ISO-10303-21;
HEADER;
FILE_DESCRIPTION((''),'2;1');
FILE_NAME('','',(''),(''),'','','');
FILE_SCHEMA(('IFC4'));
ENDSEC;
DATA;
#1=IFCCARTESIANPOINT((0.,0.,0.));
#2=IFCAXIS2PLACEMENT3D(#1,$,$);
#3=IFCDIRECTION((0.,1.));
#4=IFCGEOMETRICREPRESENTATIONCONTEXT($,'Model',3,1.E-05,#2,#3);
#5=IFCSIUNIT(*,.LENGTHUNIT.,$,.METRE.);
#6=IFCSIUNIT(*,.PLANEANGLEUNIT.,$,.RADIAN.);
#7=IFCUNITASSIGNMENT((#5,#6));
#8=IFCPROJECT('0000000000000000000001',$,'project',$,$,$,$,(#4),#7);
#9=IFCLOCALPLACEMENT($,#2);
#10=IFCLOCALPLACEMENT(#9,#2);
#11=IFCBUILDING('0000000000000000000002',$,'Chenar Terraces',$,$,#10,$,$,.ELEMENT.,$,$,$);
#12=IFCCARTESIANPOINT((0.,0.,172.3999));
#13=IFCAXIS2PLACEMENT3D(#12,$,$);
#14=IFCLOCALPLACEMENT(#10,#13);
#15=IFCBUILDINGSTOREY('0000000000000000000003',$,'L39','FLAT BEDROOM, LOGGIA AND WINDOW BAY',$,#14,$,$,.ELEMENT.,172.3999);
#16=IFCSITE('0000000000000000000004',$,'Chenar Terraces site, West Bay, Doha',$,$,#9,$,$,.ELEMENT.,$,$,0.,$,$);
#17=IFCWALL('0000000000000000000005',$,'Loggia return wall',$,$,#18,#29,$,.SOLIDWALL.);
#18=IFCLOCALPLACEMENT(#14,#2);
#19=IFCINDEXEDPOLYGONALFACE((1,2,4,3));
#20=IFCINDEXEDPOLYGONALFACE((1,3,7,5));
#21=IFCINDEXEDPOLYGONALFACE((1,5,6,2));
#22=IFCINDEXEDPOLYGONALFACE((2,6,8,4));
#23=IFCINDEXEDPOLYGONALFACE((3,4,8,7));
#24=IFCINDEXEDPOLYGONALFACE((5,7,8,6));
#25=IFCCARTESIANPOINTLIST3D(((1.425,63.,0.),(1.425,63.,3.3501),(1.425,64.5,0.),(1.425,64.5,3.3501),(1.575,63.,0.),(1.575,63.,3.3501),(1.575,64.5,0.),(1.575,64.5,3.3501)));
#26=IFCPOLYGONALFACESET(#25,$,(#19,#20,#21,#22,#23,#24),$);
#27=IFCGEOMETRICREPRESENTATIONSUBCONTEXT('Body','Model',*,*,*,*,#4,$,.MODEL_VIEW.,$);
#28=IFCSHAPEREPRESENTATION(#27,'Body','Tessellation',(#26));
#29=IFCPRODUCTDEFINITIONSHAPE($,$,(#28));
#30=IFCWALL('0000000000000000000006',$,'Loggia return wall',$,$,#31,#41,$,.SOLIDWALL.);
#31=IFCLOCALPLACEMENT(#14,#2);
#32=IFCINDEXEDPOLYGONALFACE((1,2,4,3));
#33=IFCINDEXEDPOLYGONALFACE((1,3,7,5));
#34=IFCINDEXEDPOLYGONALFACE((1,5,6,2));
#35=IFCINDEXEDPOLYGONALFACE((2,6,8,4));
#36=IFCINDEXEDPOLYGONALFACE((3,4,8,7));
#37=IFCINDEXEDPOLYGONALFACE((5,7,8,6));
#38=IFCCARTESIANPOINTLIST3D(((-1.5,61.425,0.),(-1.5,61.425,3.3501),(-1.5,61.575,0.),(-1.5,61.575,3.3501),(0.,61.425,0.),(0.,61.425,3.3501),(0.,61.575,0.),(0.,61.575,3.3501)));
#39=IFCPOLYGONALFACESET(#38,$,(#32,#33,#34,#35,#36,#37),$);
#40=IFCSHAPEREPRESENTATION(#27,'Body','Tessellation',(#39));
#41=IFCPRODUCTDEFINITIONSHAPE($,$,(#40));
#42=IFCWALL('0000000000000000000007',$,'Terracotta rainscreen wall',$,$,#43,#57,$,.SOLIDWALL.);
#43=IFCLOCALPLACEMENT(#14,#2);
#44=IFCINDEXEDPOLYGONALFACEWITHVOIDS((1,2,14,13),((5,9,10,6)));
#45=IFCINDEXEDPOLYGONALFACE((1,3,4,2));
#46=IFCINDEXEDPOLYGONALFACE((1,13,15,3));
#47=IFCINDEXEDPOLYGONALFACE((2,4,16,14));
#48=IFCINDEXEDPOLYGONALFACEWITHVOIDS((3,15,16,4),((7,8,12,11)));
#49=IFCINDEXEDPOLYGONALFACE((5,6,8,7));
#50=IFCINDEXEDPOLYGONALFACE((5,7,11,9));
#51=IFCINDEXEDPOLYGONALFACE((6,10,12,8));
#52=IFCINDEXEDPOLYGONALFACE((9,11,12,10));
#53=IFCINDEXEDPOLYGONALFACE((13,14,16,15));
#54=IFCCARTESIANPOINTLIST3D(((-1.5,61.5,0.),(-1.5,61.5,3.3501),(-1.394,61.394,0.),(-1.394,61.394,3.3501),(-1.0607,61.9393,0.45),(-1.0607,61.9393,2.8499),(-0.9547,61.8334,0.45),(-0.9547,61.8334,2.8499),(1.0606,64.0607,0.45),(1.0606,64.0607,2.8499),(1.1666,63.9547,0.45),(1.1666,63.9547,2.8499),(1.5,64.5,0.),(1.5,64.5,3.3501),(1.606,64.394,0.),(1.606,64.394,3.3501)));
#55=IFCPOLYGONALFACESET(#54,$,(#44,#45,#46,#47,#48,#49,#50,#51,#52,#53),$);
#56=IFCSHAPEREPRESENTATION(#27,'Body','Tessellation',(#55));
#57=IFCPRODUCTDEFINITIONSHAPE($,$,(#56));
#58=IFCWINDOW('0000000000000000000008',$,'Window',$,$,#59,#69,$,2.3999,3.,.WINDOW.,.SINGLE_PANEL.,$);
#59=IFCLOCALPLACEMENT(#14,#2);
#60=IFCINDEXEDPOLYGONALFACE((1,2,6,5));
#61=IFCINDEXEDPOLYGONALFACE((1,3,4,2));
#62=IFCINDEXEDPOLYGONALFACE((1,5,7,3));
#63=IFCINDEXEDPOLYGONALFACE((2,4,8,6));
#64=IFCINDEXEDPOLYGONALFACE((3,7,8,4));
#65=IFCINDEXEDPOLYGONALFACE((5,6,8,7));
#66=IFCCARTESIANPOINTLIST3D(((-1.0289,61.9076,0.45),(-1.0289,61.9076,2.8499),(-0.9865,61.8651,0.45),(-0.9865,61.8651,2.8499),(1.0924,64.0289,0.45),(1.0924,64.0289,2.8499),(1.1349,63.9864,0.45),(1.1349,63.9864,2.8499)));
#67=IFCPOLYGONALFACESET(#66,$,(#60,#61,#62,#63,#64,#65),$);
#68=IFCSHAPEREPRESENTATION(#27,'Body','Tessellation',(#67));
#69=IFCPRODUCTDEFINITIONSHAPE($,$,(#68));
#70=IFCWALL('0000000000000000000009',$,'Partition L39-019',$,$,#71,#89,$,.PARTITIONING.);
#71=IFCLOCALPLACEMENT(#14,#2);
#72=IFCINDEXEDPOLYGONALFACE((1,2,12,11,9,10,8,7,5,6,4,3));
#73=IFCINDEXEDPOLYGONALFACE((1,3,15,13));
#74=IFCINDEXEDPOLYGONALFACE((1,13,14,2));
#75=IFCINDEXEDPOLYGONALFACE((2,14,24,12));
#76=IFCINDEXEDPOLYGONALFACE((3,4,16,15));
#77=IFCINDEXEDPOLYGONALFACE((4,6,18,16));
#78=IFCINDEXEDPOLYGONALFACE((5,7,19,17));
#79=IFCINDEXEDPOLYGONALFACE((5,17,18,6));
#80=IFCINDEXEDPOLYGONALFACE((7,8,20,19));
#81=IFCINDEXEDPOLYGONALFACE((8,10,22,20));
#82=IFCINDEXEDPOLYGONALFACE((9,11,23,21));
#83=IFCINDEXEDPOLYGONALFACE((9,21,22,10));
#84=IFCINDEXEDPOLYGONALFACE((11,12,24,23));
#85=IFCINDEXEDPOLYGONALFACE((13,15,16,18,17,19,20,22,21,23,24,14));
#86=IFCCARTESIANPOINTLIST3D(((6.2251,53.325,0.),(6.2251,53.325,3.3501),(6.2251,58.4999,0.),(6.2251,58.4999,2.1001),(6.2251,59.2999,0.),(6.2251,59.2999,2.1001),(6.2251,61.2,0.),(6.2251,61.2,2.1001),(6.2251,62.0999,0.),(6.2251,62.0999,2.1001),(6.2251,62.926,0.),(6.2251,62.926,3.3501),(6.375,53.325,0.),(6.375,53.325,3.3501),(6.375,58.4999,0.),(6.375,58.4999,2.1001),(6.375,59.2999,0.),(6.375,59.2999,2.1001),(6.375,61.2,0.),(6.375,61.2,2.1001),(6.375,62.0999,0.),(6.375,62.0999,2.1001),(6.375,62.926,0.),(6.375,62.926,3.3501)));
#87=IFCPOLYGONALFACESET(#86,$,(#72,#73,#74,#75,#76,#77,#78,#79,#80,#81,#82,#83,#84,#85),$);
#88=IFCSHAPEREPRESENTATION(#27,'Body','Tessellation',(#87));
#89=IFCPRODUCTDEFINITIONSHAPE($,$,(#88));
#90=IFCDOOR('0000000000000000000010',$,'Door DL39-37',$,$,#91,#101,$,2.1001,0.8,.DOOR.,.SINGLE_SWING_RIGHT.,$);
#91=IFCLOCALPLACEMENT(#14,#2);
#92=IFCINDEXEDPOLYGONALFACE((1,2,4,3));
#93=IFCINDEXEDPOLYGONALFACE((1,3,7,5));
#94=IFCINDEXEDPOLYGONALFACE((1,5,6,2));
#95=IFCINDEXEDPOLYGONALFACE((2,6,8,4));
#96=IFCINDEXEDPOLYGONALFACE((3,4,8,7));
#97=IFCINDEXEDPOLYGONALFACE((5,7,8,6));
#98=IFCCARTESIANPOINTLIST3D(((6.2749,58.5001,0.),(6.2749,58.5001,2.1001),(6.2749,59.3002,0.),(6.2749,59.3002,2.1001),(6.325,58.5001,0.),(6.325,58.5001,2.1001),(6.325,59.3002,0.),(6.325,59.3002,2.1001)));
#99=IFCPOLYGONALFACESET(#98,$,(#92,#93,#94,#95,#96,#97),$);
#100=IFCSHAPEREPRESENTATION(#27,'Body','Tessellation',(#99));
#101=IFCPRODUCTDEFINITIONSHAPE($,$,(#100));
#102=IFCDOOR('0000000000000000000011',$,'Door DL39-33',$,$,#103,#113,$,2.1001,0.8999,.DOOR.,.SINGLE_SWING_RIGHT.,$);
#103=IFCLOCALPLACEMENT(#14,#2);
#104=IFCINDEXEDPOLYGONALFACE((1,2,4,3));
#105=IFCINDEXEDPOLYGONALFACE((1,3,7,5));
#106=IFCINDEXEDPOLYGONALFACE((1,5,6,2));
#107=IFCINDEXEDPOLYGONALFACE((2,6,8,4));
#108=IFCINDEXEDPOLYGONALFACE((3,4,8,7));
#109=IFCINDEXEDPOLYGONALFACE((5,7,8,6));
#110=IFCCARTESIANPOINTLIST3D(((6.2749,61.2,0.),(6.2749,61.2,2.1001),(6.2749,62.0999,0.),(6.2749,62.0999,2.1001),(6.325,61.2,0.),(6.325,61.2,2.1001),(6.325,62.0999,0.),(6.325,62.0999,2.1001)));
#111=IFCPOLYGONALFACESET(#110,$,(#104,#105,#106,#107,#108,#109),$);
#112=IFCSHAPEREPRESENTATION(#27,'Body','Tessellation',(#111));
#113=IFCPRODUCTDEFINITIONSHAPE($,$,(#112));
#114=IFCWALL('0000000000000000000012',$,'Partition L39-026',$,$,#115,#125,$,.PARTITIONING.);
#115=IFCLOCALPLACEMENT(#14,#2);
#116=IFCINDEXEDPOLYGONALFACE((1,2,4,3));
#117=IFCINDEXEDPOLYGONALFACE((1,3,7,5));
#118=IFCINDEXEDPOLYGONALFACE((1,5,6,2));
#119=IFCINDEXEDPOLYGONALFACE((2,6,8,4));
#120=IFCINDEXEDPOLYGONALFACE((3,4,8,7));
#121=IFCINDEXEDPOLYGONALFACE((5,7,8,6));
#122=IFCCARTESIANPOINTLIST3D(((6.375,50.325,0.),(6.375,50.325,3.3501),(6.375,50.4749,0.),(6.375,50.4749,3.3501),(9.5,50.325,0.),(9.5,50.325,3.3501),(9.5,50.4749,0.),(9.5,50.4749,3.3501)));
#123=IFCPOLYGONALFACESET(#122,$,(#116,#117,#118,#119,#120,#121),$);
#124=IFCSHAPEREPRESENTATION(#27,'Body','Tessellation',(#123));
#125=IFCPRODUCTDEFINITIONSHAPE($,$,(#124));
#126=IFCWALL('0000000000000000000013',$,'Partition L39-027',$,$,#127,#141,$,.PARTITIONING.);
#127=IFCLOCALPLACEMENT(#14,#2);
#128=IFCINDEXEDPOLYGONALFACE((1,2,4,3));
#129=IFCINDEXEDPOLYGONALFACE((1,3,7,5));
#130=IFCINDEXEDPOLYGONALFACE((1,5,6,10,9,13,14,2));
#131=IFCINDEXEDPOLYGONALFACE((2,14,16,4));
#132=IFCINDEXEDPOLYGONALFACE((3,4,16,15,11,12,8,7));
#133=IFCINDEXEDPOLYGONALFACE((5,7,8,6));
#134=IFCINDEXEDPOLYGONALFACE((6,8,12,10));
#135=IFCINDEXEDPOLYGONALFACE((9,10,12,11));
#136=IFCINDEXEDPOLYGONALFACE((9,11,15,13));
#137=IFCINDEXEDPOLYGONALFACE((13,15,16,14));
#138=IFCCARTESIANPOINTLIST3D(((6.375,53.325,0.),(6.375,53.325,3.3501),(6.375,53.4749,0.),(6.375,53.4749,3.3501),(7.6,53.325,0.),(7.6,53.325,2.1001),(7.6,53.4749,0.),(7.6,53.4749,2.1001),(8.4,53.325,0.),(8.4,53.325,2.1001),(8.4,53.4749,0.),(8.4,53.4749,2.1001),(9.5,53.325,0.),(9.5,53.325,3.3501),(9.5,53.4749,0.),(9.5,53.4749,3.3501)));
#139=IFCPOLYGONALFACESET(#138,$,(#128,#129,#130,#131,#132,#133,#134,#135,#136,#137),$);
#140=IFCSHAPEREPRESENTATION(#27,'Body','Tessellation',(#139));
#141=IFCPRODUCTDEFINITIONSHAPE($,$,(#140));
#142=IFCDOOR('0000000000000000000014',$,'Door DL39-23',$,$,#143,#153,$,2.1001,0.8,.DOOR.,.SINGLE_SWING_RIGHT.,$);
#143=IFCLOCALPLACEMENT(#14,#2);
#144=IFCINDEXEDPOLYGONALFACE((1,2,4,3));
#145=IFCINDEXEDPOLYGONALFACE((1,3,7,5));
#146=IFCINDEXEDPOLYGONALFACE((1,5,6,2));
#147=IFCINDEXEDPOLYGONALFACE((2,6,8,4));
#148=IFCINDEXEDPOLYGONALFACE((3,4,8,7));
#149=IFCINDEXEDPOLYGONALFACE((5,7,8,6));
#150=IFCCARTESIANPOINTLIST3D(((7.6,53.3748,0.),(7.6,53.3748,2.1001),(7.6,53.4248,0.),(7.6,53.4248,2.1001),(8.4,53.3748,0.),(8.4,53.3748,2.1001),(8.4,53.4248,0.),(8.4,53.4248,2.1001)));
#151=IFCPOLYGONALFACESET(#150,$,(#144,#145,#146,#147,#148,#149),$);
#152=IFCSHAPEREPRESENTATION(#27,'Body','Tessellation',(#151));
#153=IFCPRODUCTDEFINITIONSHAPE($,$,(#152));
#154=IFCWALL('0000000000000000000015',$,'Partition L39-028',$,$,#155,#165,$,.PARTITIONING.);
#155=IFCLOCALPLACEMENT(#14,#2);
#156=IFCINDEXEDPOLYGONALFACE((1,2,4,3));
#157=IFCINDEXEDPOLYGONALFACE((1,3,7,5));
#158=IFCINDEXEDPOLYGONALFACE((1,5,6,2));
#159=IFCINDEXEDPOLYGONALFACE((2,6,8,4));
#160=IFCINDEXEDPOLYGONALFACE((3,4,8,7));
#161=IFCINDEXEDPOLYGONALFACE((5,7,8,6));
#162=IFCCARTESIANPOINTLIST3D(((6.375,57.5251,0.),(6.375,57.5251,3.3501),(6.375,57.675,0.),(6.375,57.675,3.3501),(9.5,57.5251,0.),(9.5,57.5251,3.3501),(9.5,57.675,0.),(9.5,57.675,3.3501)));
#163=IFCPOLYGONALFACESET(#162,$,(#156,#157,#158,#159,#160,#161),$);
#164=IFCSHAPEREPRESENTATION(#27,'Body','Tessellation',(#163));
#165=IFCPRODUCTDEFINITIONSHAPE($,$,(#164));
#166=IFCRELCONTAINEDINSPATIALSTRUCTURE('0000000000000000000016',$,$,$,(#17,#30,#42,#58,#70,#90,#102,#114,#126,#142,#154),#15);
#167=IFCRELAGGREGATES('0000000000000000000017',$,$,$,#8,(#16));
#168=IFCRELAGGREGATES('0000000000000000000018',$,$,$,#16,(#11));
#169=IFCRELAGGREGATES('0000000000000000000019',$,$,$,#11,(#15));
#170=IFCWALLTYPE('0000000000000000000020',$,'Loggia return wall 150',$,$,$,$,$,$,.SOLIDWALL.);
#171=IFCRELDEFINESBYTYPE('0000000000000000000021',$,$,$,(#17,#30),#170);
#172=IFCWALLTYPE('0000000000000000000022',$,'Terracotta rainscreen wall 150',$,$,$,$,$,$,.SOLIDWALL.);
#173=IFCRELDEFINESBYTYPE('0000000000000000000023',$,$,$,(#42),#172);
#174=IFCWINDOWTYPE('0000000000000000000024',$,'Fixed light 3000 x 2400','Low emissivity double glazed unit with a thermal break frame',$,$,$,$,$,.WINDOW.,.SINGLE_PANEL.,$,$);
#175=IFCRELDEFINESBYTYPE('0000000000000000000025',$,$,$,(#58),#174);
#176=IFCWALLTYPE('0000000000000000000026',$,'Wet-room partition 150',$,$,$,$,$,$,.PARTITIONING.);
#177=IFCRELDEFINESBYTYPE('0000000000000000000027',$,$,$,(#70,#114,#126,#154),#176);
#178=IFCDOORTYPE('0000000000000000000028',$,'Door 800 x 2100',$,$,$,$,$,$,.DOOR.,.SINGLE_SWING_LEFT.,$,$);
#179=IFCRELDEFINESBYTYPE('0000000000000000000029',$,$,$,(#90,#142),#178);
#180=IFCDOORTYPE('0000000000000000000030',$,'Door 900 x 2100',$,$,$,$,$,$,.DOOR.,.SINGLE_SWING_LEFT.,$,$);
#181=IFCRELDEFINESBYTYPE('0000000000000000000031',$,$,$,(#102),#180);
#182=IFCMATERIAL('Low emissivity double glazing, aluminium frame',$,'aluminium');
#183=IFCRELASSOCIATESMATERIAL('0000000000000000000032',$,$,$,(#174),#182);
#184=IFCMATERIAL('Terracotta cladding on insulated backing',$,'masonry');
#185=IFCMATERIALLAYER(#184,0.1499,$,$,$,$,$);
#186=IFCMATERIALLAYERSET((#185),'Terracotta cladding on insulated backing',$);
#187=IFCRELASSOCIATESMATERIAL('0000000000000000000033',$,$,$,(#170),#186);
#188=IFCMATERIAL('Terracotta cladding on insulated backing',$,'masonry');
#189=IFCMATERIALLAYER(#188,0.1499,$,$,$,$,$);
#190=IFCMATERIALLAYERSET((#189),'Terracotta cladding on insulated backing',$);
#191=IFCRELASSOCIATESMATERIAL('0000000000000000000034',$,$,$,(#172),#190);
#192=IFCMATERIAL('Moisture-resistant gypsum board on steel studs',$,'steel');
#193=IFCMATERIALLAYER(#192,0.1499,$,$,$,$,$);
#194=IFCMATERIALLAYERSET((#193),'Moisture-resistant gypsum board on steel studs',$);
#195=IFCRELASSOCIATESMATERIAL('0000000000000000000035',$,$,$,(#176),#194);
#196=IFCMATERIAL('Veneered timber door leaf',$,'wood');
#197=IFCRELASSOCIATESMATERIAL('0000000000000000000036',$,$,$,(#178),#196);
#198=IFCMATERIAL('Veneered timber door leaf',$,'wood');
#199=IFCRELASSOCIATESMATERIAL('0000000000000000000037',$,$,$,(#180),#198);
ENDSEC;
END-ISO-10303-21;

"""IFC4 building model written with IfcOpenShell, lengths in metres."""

from ifc_helpers import new_model, si_unit, direction, frame, frame_2d, origin, place, context, subcontext, project, spatial, rectangle, extrude, material, layer, layer_set, type_object, element, fill, save


model = new_model("IFC4")

# Units and contexts
model_context = context("Model", 3, precision=1e-05, world=origin(), true_north=direction((0.0, 1.0)))
body_context = subcontext(model_context, "Body", "Model", "MODEL_VIEW")
ifc_project = project(units=[si_unit("LENGTHUNIT", "METRE"), si_unit("PLANEANGLEUNIT", "RADIAN")], contexts=[model_context])

# Site, building, storey
site_placement = place(None, origin())
site = spatial("IfcSite", under=ifc_project, at=site_placement, Name="Chenar Terraces site, West Bay, Doha", CompositionType="ELEMENT", RefElevation=0.0)
building_placement = place(site_placement, origin())
building = spatial("IfcBuilding", under=site, at=building_placement, Name="Chenar Terraces", CompositionType="ELEMENT")
storey_placement = place(building_placement, frame((0.0, 0.0, 172.3999)))
storey = spatial("IfcBuildingStorey", under=building, at=storey_placement, Name="L39", Description="FLAT BEDROOM, LOGGIA AND WINDOW BAY", CompositionType="ELEMENT", Elevation=172.3999)

# Shared definitions
ifc_material_1 = material(Name="Low emissivity double glazing, aluminium frame", Category="aluminium")
window_type_1 = type_object("IfcWindowType", Name="Fixed light 3000 x 2400", Description="Low emissivity double glazed unit with a thermal break frame", PartitioningType="SINGLE_PANEL", PredefinedType="WINDOW", material=ifc_material_1)

# Walls
ifc_material_2 = material(Name="Terracotta cladding on insulated backing", Category="masonry")
ifc_layer_1 = layer(ifc_material_2, 0.1499)
ifc_layer_set_1 = layer_set([ifc_layer_1], Name="Terracotta cladding on insulated backing")
wall_type_1 = type_object("IfcWallType", Name="Loggia return wall 150", PredefinedType="SOLIDWALL", material=ifc_layer_set_1)
for number, where, z_axis, x_axis, name in (
    (1, (1.5, 64.5, 0.0), (0.0, 0.0, 1.0), (0.0, -1.0, 0.0), "Loggia return wall"),
    (2, (-1.5, 61.5, 0.0), (0.0, 0.0, 1.0), (1.0, 0.0, 0.0), "Loggia return wall"),
):
    element("IfcWall", number, at=place(storey_placement, frame(where, z_axis=z_axis, x_axis=x_axis)), inside=storey, type_object=wall_type_1, Name=name, PredefinedType="SOLIDWALL", context=body_context, shape_type="SweptSolid", body=[
        extrude(rectangle(XDim=1.5, YDim=0.1499, at=frame_2d((0.75, 0.0))), origin(), (0.0, 0.0, 1.0), 3.3501),
    ])

# Wall, opening, window
ifc_material_3 = material(Name="Terracotta cladding on insulated backing", Category="masonry")
ifc_layer_2 = layer(ifc_material_3, 0.1499)
ifc_layer_set_2 = layer_set([ifc_layer_2], Name="Terracotta cladding on insulated backing")
wall_type_2 = type_object("IfcWallType", Name="Terracotta rainscreen wall 150", PredefinedType="SOLIDWALL", material=ifc_layer_set_2)
wall_1_placement = place(storey_placement, frame((1.553, 64.447, 0.0), z_axis=(0.0, 0.0, 1.0), x_axis=(-0.707107, -0.707107, 0.0)))
wall_1 = element("IfcWall", 3, at=wall_1_placement, inside=storey, type_object=wall_type_2, Name="Terracotta rainscreen wall", PredefinedType="SOLIDWALL", context=body_context, shape_type="SweptSolid", body=[
    extrude(rectangle(XDim=4.2427, YDim=0.1499, at=frame_2d((2.1213, 0.0))), origin(), (0.0, 0.0, 1.0), 3.3501),
])
opening_1_placement = place(wall_1_placement, frame((0.6213, 0.0, 0.45)))
opening_1 = element("IfcOpeningElement", 4, at=opening_1_placement, cuts=wall_1, PredefinedType="OPENING", context=body_context, shape_type="SweptSolid", body=[
    extrude(rectangle(XDim=3.0, YDim=2.3999, at=frame_2d((1.5, 1.2))), frame((0.0, 0.085, 0.0), z_axis=(0.0, -1.0, 0.0), x_axis=(1.0, 0.0, 0.0)), (0.0, 0.0, 1.0), 0.1699),
])
window_1_placement = place(opening_1_placement, origin())
window_1 = element("IfcWindow", 5, at=window_1_placement, inside=storey, type_object=window_type_1, Name="Window", OverallHeight=2.3999, OverallWidth=3.0, PartitioningType="SINGLE_PANEL", PredefinedType="WINDOW", context=body_context, shape_type="SweptSolid", body=[
    extrude(rectangle(XDim=3.0, YDim=2.3999, at=frame_2d((1.5, 1.2))), frame((0.0, 0.03, 0.0), z_axis=(0.0, -1.0, 0.0), x_axis=(1.0, 0.0, 0.0)), (0.0, 0.0, 1.0), 0.0601),
])
fill(opening_1, window_1)

# Wall, openings, doors
ifc_material_4 = material(Name="Moisture-resistant gypsum board on steel studs", Category="steel")
ifc_layer_3 = layer(ifc_material_4, 0.1499)
ifc_layer_set_3 = layer_set([ifc_layer_3], Name="Moisture-resistant gypsum board on steel studs")
wall_type_3 = type_object("IfcWallType", Name="Wet-room partition 150", PredefinedType="PARTITIONING", material=ifc_layer_set_3)
wall_2_placement = place(storey_placement, frame((6.3, 53.325, 0.0), z_axis=(0.0, 0.0, 1.0), x_axis=(0.0, 1.0, 0.0)))
wall_2 = element("IfcWall", 6, at=wall_2_placement, inside=storey, type_object=wall_type_3, Name="Partition L39-019", PredefinedType="PARTITIONING", context=body_context, shape_type="SweptSolid", body=[
    extrude(rectangle(XDim=9.6011, YDim=0.1499, at=frame_2d((4.8005, 0.0))), origin(), (0.0, 0.0, 1.0), 3.3501),
])
opening_2_placement = place(wall_2_placement, frame((7.875, 0.0, 0.0)))
opening_2 = element("IfcOpeningElement", 7, at=opening_2_placement, cuts=wall_2, PredefinedType="OPENING", context=body_context, shape_type="SweptSolid", body=[
    extrude(rectangle(XDim=0.8999, YDim=2.1001, at=frame_2d((0.45, 1.05))), frame((0.0, 0.085, 0.0), z_axis=(0.0, -1.0, 0.0), x_axis=(1.0, 0.0, 0.0)), (0.0, 0.0, 1.0), 0.1699),
])
opening_3_placement = place(wall_2_placement, frame((5.175, 0.0, 0.0)))
opening_3 = element("IfcOpeningElement", 8, at=opening_3_placement, cuts=wall_2, PredefinedType="OPENING", context=body_context, shape_type="SweptSolid", body=[
    extrude(rectangle(XDim=0.8, YDim=2.1001, at=frame_2d((0.3999, 1.05))), frame((0.0, 0.085, 0.0), z_axis=(0.0, -1.0, 0.0), x_axis=(1.0, 0.0, 0.0)), (0.0, 0.0, 1.0), 0.1699),
])
ifc_material_5 = material(Name="Veneered timber door leaf", Category="wood")
door_type_1 = type_object("IfcDoorType", Name="Door 800 x 2100", OperationType="SINGLE_SWING_LEFT", PredefinedType="DOOR", material=ifc_material_5)
door_1_placement = place(opening_3_placement, frame((0.8, 0.0, 0.0), z_axis=(0.0, 0.0, 1.0), x_axis=(-1.0, 0.0, 0.0)))
door_1 = element("IfcDoor", 9, at=door_1_placement, inside=storey, type_object=door_type_1, Name="Door DL39-37", OperationType="SINGLE_SWING_RIGHT", OverallHeight=2.1001, OverallWidth=0.8, PredefinedType="DOOR", context=body_context, shape_type="SweptSolid", body=[
    extrude(rectangle(XDim=0.8, YDim=2.1001, at=frame_2d((0.3999, 1.05))), frame((0.0, 0.0249, 0.0), z_axis=(0.0, -1.0, 0.0), x_axis=(1.0, 0.0, 0.0)), (0.0, 0.0, 1.0), 0.05),
])
fill(opening_3, door_1)
ifc_material_6 = material(Name="Veneered timber door leaf", Category="wood")
door_type_2 = type_object("IfcDoorType", Name="Door 900 x 2100", OperationType="SINGLE_SWING_LEFT", PredefinedType="DOOR", material=ifc_material_6)
door_2_placement = place(opening_2_placement, frame((0.8999, 0.0, 0.0), z_axis=(0.0, 0.0, 1.0), x_axis=(-1.0, 0.0, 0.0)))
door_2 = element("IfcDoor", 10, at=door_2_placement, inside=storey, type_object=door_type_2, Name="Door DL39-33", OperationType="SINGLE_SWING_RIGHT", OverallHeight=2.1001, OverallWidth=0.8999, PredefinedType="DOOR", context=body_context, shape_type="SweptSolid", body=[
    extrude(rectangle(XDim=0.8999, YDim=2.1001, at=frame_2d((0.45, 1.05))), frame((0.0, 0.0249, 0.0), z_axis=(0.0, -1.0, 0.0), x_axis=(1.0, 0.0, 0.0)), (0.0, 0.0, 1.0), 0.05),
])
fill(opening_2, door_2)

# Wall
wall_3_placement = place(storey_placement, frame((6.375, 50.3999, 0.0), z_axis=(0.0, 0.0, 1.0), x_axis=(1.0, 0.0, 0.0)))
element("IfcWall", 11, at=wall_3_placement, inside=storey, type_object=wall_type_3, Name="Partition L39-026", PredefinedType="PARTITIONING", context=body_context, shape_type="SweptSolid", body=[
    extrude(rectangle(XDim=3.125, YDim=0.1499, at=frame_2d((1.5625, 0.0))), origin(), (0.0, 0.0, 1.0), 3.3501),
])

# Wall, opening, door
wall_4_placement = place(storey_placement, frame((6.375, 53.3999, 0.0), z_axis=(0.0, 0.0, 1.0), x_axis=(1.0, 0.0, 0.0)))
wall_4 = element("IfcWall", 12, at=wall_4_placement, inside=storey, type_object=wall_type_3, Name="Partition L39-027", PredefinedType="PARTITIONING", context=body_context, shape_type="SweptSolid", body=[
    extrude(rectangle(XDim=3.125, YDim=0.1499, at=frame_2d((1.5625, 0.0))), origin(), (0.0, 0.0, 1.0), 3.3501),
])
opening_4_placement = place(wall_4_placement, frame((1.2251, 0.0, 0.0)))
opening_4 = element("IfcOpeningElement", 13, at=opening_4_placement, cuts=wall_4, PredefinedType="OPENING", context=body_context, shape_type="SweptSolid", body=[
    extrude(rectangle(XDim=0.8, YDim=2.1001, at=frame_2d((0.3999, 1.05))), frame((0.0, 0.085, 0.0), z_axis=(0.0, -1.0, 0.0), x_axis=(1.0, 0.0, 0.0)), (0.0, 0.0, 1.0), 0.1699),
])
door_3_placement = place(opening_4_placement, origin())
door_3 = element("IfcDoor", 14, at=door_3_placement, inside=storey, type_object=door_type_1, Name="Door DL39-23", OperationType="SINGLE_SWING_RIGHT", OverallHeight=2.1001, OverallWidth=0.8, PredefinedType="DOOR", context=body_context, shape_type="SweptSolid", body=[
    extrude(rectangle(XDim=0.8, YDim=2.1001, at=frame_2d((0.3999, 1.05))), frame((0.0, 0.0249, 0.0), z_axis=(0.0, -1.0, 0.0), x_axis=(1.0, 0.0, 0.0)), (0.0, 0.0, 1.0), 0.05),
])
fill(opening_4, door_3)

# Wall
for number, where, z_axis, x_axis, name in (
    (15, (6.375, 57.6001, 0.0), (0.0, 0.0, 1.0), (1.0, 0.0, 0.0), "Partition L39-028"),
):
    element("IfcWall", number, at=place(storey_placement, frame(where, z_axis=z_axis, x_axis=x_axis)), inside=storey, type_object=wall_type_3, Name=name, PredefinedType="PARTITIONING", context=body_context, shape_type="SweptSolid", body=[
        extrude(rectangle(XDim=3.125, YDim=0.1499, at=frame_2d((1.5625, 0.0))), origin(), (0.0, 0.0, 1.0), 3.3501),
    ])

save(model, "model.ifc")
